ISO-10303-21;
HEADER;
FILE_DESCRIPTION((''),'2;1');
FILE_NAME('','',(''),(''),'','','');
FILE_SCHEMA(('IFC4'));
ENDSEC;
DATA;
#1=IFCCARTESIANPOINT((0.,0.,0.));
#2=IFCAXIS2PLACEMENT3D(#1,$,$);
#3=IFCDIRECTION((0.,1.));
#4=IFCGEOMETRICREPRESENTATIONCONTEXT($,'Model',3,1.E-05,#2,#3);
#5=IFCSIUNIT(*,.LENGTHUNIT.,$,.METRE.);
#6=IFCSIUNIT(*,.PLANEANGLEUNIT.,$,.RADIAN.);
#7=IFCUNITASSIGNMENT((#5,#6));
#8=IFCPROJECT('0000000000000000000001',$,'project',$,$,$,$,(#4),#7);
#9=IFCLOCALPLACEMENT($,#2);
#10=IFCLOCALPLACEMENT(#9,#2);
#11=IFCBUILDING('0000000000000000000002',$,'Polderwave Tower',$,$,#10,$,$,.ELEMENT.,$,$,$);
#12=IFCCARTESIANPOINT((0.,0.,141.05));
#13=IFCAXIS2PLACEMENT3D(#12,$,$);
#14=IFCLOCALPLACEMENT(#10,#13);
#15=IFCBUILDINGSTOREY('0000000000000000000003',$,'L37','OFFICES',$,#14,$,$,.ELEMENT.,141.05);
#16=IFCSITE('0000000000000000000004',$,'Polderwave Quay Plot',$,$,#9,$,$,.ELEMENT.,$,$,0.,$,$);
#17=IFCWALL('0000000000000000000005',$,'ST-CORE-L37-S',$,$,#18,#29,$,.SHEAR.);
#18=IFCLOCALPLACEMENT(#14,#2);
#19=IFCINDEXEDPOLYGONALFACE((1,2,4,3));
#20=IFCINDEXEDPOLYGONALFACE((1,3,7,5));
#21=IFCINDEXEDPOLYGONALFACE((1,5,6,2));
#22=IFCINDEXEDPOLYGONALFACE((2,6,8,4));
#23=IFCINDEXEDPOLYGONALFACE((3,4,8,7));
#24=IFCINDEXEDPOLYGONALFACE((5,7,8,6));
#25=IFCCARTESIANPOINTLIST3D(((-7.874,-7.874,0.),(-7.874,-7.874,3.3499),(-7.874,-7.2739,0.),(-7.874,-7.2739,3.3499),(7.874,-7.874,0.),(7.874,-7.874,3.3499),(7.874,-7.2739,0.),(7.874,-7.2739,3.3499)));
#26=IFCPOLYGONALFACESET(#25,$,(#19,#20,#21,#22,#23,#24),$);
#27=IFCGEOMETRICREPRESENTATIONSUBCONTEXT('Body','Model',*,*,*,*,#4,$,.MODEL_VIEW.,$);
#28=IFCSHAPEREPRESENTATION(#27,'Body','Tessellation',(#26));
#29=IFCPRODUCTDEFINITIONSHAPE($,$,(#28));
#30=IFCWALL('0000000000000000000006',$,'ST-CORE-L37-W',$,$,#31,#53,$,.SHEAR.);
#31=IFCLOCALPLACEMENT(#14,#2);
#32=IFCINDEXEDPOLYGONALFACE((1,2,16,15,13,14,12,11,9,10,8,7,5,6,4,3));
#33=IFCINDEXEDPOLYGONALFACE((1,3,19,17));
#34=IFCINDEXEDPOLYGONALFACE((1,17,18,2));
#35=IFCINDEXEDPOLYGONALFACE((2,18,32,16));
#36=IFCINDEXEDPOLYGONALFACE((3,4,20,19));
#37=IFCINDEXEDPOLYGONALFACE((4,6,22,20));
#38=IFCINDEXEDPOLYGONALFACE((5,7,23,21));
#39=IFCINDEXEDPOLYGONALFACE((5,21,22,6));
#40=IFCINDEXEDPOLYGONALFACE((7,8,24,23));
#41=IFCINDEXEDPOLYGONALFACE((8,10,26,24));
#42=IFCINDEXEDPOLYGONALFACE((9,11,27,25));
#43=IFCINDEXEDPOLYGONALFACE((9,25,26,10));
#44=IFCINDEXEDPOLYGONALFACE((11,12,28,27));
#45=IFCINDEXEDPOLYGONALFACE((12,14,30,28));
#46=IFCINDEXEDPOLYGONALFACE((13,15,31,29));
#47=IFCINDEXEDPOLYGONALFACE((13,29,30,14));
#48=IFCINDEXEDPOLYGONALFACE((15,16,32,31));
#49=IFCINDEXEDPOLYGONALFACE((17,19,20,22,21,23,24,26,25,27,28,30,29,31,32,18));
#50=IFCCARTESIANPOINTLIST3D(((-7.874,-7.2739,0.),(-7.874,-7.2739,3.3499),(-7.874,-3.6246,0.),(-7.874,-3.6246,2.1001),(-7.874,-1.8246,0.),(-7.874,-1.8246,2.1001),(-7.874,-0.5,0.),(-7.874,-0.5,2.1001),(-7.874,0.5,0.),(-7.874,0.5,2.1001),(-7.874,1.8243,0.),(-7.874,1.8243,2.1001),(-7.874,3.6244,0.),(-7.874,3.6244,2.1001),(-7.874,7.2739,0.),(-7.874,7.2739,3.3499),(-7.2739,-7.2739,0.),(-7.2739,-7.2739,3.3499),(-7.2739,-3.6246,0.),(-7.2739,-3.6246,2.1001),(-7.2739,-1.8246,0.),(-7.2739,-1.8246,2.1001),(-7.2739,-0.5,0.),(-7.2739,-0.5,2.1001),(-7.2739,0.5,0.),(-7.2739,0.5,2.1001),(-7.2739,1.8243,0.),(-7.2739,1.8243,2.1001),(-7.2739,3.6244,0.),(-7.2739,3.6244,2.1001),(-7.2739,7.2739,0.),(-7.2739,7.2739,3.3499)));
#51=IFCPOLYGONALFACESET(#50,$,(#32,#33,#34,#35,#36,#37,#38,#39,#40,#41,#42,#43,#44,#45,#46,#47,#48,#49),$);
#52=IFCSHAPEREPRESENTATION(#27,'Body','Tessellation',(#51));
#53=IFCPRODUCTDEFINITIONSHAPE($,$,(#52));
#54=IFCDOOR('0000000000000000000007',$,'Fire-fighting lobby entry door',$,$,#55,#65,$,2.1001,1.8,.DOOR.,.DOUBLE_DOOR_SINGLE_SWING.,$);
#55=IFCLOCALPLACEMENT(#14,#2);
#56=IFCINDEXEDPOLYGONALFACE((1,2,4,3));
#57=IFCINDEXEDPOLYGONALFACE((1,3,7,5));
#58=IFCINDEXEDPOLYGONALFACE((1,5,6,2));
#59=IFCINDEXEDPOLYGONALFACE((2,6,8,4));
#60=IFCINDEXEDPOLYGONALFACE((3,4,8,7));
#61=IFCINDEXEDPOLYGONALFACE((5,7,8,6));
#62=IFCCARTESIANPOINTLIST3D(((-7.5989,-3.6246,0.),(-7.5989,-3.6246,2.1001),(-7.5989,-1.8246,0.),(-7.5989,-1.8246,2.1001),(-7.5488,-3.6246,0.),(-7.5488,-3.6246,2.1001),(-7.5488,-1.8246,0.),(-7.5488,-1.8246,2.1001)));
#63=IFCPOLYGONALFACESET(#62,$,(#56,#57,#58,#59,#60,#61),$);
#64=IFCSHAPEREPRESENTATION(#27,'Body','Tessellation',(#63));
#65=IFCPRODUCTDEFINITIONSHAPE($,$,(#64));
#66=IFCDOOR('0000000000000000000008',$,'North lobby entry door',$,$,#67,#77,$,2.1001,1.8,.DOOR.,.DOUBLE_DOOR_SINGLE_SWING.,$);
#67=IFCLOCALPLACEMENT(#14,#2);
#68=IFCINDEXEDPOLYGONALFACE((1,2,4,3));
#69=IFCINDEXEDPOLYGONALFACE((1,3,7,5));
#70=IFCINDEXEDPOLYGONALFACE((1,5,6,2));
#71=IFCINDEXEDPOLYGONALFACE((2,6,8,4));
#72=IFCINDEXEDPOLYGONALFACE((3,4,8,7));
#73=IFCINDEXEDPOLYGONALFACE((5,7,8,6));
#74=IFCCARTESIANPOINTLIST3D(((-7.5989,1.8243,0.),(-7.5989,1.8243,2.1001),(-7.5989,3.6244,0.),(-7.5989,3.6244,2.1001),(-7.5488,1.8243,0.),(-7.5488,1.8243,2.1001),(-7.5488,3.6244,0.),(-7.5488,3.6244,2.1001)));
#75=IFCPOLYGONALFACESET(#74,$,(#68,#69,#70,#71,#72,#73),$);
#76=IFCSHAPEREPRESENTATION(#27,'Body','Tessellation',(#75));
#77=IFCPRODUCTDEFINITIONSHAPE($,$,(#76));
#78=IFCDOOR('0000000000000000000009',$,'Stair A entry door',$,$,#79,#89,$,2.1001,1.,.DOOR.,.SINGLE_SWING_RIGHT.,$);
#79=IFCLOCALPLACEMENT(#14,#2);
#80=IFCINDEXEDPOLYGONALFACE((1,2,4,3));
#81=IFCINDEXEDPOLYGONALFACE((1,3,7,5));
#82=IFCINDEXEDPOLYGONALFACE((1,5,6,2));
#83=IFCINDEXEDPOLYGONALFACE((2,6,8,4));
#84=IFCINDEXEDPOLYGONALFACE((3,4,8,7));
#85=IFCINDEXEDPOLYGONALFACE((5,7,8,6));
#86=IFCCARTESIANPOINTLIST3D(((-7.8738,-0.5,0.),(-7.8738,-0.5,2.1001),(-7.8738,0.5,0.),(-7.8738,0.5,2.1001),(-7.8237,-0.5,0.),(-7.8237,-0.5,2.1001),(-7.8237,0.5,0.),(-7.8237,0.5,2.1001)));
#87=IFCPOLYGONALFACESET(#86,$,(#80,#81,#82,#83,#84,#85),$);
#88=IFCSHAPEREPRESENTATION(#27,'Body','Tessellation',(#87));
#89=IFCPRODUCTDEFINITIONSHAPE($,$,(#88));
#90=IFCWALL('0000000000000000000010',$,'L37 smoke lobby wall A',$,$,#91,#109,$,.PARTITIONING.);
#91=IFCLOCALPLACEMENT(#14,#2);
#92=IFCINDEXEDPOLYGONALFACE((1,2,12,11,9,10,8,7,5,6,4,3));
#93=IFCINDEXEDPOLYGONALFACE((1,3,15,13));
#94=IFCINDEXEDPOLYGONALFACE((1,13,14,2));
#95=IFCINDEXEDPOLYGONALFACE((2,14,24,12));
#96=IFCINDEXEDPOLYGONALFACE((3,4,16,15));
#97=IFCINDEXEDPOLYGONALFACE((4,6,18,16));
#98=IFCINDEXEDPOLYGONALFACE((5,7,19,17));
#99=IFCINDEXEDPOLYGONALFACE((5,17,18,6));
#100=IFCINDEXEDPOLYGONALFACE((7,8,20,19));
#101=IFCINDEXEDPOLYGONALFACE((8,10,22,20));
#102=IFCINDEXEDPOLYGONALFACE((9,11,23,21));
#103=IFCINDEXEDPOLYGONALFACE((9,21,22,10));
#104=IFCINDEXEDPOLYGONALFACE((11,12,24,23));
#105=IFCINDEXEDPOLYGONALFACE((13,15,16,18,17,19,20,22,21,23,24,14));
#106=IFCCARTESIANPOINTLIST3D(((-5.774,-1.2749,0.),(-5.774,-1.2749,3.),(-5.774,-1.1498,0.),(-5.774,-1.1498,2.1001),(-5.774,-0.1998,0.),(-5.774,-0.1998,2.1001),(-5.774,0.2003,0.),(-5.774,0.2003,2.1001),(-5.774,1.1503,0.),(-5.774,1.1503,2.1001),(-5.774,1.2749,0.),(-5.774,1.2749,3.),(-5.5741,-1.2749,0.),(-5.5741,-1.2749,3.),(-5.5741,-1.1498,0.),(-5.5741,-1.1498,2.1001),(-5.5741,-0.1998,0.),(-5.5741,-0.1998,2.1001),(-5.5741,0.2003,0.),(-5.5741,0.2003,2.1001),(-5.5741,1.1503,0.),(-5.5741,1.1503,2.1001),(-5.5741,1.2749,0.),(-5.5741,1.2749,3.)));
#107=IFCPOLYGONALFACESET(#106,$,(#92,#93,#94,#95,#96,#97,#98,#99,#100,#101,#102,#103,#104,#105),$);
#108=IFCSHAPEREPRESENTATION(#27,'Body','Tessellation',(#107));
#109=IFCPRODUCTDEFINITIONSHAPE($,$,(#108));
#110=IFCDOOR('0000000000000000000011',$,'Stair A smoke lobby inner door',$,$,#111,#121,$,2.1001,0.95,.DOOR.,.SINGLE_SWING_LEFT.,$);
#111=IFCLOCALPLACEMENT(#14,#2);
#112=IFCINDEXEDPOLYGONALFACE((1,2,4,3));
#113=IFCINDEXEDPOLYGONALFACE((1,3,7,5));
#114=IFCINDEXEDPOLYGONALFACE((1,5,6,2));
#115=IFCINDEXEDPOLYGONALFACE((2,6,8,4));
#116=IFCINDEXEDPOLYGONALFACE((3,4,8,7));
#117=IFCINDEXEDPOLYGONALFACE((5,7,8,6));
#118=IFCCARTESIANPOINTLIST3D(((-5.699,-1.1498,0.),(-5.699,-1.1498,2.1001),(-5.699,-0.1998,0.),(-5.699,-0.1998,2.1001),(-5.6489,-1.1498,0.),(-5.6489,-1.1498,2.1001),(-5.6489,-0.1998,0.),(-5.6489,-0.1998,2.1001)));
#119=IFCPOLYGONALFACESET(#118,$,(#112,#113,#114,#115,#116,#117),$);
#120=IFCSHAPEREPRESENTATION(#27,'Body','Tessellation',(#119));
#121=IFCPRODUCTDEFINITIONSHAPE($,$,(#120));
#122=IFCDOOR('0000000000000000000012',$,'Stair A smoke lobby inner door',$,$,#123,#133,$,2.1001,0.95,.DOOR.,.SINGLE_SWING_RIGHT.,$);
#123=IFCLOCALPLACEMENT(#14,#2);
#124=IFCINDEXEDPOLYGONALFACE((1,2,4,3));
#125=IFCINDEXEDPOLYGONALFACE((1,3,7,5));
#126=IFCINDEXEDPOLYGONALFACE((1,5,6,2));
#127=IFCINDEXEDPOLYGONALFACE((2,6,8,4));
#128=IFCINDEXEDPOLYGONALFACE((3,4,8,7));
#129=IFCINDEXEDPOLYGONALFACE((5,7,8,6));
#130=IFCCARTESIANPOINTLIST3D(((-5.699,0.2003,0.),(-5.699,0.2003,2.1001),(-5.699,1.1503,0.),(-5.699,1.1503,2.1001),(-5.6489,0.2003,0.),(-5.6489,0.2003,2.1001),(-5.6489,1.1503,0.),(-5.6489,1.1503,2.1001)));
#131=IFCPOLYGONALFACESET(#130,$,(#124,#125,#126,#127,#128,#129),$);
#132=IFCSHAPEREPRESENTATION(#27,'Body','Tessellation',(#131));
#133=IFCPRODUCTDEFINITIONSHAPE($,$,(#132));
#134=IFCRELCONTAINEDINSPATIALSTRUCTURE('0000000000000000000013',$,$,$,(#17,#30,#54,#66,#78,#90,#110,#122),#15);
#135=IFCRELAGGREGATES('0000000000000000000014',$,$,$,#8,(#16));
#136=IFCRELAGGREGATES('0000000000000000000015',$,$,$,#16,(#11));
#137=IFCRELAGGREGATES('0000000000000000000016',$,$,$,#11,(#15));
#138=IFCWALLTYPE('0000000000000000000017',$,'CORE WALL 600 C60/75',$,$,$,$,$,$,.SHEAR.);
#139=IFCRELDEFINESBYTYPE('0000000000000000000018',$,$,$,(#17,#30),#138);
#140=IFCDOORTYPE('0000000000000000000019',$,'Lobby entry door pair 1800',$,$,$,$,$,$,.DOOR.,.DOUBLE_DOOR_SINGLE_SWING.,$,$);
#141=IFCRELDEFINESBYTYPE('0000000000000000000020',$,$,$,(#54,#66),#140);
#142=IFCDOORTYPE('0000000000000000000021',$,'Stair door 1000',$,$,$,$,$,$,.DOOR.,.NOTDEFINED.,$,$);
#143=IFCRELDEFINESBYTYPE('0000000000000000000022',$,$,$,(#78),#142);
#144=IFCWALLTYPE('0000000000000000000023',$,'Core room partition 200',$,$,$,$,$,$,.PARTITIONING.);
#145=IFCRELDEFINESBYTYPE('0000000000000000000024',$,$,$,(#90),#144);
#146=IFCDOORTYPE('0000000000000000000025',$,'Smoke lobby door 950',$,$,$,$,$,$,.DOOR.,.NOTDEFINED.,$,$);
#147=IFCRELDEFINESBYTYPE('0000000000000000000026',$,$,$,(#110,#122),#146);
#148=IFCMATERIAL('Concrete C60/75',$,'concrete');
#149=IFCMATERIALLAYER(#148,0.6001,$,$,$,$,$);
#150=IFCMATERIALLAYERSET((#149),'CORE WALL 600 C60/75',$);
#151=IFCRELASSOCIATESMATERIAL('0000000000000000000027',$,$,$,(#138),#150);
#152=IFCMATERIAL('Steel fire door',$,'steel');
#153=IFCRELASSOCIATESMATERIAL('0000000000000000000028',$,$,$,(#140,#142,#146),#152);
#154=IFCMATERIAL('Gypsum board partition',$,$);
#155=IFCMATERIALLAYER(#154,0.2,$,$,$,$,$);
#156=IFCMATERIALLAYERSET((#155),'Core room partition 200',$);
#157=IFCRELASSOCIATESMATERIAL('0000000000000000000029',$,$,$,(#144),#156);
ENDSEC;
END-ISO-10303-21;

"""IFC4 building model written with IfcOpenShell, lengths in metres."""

from ifc_helpers import new_model, si_unit, direction, frame, frame_2d, origin, place, context, subcontext, project, spatial, rectangle, extrude, material, layer, layer_set, type_object, element, fill, save


model = new_model("IFC4")

# Units and contexts
model_context = context("Model", 3, precision=1e-05, world=origin(), true_north=direction((0.0, 1.0)))
body_context = subcontext(model_context, "Body", "Model", "MODEL_VIEW")
ifc_project = project(units=[si_unit("LENGTHUNIT", "METRE"), si_unit("PLANEANGLEUNIT", "RADIAN")], contexts=[model_context])

# Site, building, storey
site_placement = place(None, origin())
site = spatial("IfcSite", under=ifc_project, at=site_placement, Name="Polderwave Quay Plot", CompositionType="ELEMENT", RefElevation=0.0)
building_placement = place(site_placement, origin())
building = spatial("IfcBuilding", under=site, at=building_placement, Name="Polderwave Tower", CompositionType="ELEMENT")
storey_placement = place(building_placement, frame((0.0, 0.0, 141.05)))
storey = spatial("IfcBuildingStorey", under=building, at=storey_placement, Name="L37", Description="OFFICES", CompositionType="ELEMENT", Elevation=141.05)

# Wall
ifc_material_1 = material(Name="Concrete C60/75", Category="concrete")
ifc_layer_1 = layer(ifc_material_1, 0.6001)
ifc_layer_set_1 = layer_set([ifc_layer_1], Name="CORE WALL 600 C60/75")
wall_type_1 = type_object("IfcWallType", Name="CORE WALL 600 C60/75", PredefinedType="SHEAR", material=ifc_layer_set_1)
wall_1_placement = place(storey_placement, frame((-7.874, -7.574, 0.0), z_axis=(0.0, 0.0, 1.0), x_axis=(1.0, 0.0, 0.0)))
element("IfcWall", 1, at=wall_1_placement, inside=storey, type_object=wall_type_1, Name="ST-CORE-L37-S", PredefinedType="SHEAR", context=body_context, shape_type="SweptSolid", body=[
    extrude(rectangle(XDim=15.748, YDim=0.6001, at=frame_2d((7.874, 0.0))), origin(), (0.0, 0.0, 1.0), 3.3499),
])

# Walls, openings, doors
wall_2_placement = place(storey_placement, frame((-7.574, -7.2739, 0.0), z_axis=(0.0, 0.0, 1.0), x_axis=(0.0, 1.0, 0.0)))
wall_2 = element("IfcWall", 2, at=wall_2_placement, inside=storey, type_object=wall_type_1, Name="ST-CORE-L37-W", PredefinedType="SHEAR", context=body_context, shape_type="SweptSolid", body=[
    extrude(rectangle(XDim=14.5479, YDim=0.6001, at=frame_2d((7.2739, 0.0))), origin(), (0.0, 0.0, 1.0), 3.3499),
])
opening_1_placement = place(wall_2_placement, frame((6.7739, 0.0, 0.0)))
opening_1 = element("IfcOpeningElement", 3, at=opening_1_placement, cuts=wall_2, PredefinedType="OPENING", context=body_context, shape_type="SweptSolid", body=[
    extrude(rectangle(XDim=1.0, YDim=2.1001, at=frame_2d((0.5, 1.05))), frame((0.0, 0.3101, 0.0), z_axis=(0.0, -1.0, 0.0), x_axis=(1.0, 0.0, 0.0)), (0.0, 0.0, 1.0), 0.6201),
])
opening_2_placement = place(wall_2_placement, frame((3.6494, 0.0, 0.0)))
opening_2 = element("IfcOpeningElement", 4, at=opening_2_placement, cuts=wall_2, PredefinedType="OPENING", context=body_context, shape_type="SweptSolid", body=[
    extrude(rectangle(XDim=1.8, YDim=2.1001, at=frame_2d((0.8999, 1.05))), frame((0.0, 0.3101, 0.0), z_axis=(0.0, -1.0, 0.0), x_axis=(1.0, 0.0, 0.0)), (0.0, 0.0, 1.0), 0.6201),
])
opening_3_placement = place(wall_2_placement, frame((9.0984, 0.0, 0.0)))
opening_3 = element("IfcOpeningElement", 5, at=opening_3_placement, cuts=wall_2, PredefinedType="OPENING", context=body_context, shape_type="SweptSolid", body=[
    extrude(rectangle(XDim=1.8, YDim=2.1001, at=frame_2d((0.8999, 1.05))), frame((0.0, 0.3101, 0.0), z_axis=(0.0, -1.0, 0.0), x_axis=(1.0, 0.0, 0.0)), (0.0, 0.0, 1.0), 0.6201),
])
ifc_material_2 = material(Name="Steel fire door", Category="steel")
door_type_1 = type_object("IfcDoorType", Name="Lobby entry door pair 1800", OperationType="DOUBLE_DOOR_SINGLE_SWING", PredefinedType="DOOR", material=ifc_material_2)
door_1_placement = place(opening_2_placement, origin())
door_1 = element("IfcDoor", 6, at=door_1_placement, inside=storey, type_object=door_type_1, Name="Fire-fighting lobby entry door", OperationType="DOUBLE_DOOR_SINGLE_SWING", OverallHeight=2.1001, OverallWidth=1.8, PredefinedType="DOOR", context=body_context, shape_type="SweptSolid", body=[
    extrude(rectangle(XDim=1.8, YDim=2.1001, at=frame_2d((0.8999, 1.05))), frame((0.0, 0.0249, 0.0), z_axis=(0.0, -1.0, 0.0), x_axis=(1.0, 0.0, 0.0)), (0.0, 0.0, 1.0), 0.05),
])
fill(opening_2, door_1)
door_2_placement = place(opening_3_placement, origin())
door_2 = element("IfcDoor", 7, at=door_2_placement, inside=storey, type_object=door_type_1, Name="North lobby entry door", OperationType="DOUBLE_DOOR_SINGLE_SWING", OverallHeight=2.1001, OverallWidth=1.8, PredefinedType="DOOR", context=body_context, shape_type="SweptSolid", body=[
    extrude(rectangle(XDim=1.8, YDim=2.1001, at=frame_2d((0.8999, 1.05))), frame((0.0, 0.0249, 0.0), z_axis=(0.0, -1.0, 0.0), x_axis=(1.0, 0.0, 0.0)), (0.0, 0.0, 1.0), 0.05),
])
fill(opening_3, door_2)
door_type_2 = type_object("IfcDoorType", Name="Stair door 1000", OperationType="NOTDEFINED", PredefinedType="DOOR", material=ifc_material_2)
door_3_placement = place(opening_1_placement, origin())
door_3 = element("IfcDoor", 8, at=door_3_placement, inside=storey, type_object=door_type_2, Name="Stair A entry door", OperationType="SINGLE_SWING_RIGHT", OverallHeight=2.1001, OverallWidth=1.0, PredefinedType="DOOR", context=body_context, shape_type="SweptSolid", body=[
    extrude(rectangle(XDim=1.0, YDim=2.1001, at=frame_2d((0.5, 1.05))), frame((0.0, 0.2998, 0.0), z_axis=(0.0, -1.0, 0.0), x_axis=(1.0, 0.0, 0.0)), (0.0, 0.0, 1.0), 0.05),
])
fill(opening_1, door_3)
ifc_material_3 = material(Name="Gypsum board partition")
ifc_layer_2 = layer(ifc_material_3, 0.2)
ifc_layer_set_2 = layer_set([ifc_layer_2], Name="Core room partition 200")
wall_type_2 = type_object("IfcWallType", Name="Core room partition 200", PredefinedType="PARTITIONING", material=ifc_layer_set_2)
wall_3_placement = place(storey_placement, frame((-5.6741, -1.2749, 0.0), z_axis=(0.0, 0.0, 1.0), x_axis=(0.0, 1.0, 0.0)))
wall_3 = element("IfcWall", 9, at=wall_3_placement, inside=storey, type_object=wall_type_2, Name="L37 smoke lobby wall A", PredefinedType="PARTITIONING", context=body_context, shape_type="SweptSolid", body=[
    extrude(rectangle(XDim=2.5498, YDim=0.2, at=frame_2d((1.2749, 0.0))), origin(), (0.0, 0.0, 1.0), 3.0),
])
opening_4_placement = place(wall_3_placement, frame((0.125, 0.0, 0.0)))
opening_4 = element("IfcOpeningElement", 10, at=opening_4_placement, cuts=wall_3, PredefinedType="OPENING", context=body_context, shape_type="SweptSolid", body=[
    extrude(rectangle(XDim=0.95, YDim=2.1001, at=frame_2d((0.4751, 1.05))), frame((0.0, 0.1099, 0.0), z_axis=(0.0, -1.0, 0.0), x_axis=(1.0, 0.0, 0.0)), (0.0, 0.0, 1.0), 0.22),
])
opening_5_placement = place(wall_3_placement, frame((1.4751, 0.0, 0.0)))
opening_5 = element("IfcOpeningElement", 11, at=opening_5_placement, cuts=wall_3, PredefinedType="OPENING", context=body_context, shape_type="SweptSolid", body=[
    extrude(rectangle(XDim=0.95, YDim=2.1001, at=frame_2d((0.4751, 1.05))), frame((0.0, 0.1099, 0.0), z_axis=(0.0, -1.0, 0.0), x_axis=(1.0, 0.0, 0.0)), (0.0, 0.0, 1.0), 0.22),
])
door_type_3 = type_object("IfcDoorType", Name="Smoke lobby door 950", OperationType="NOTDEFINED", PredefinedType="DOOR", material=ifc_material_2)
door_4_placement = place(opening_4_placement, origin())
door_4 = element("IfcDoor", 12, at=door_4_placement, inside=storey, type_object=door_type_3, Name="Stair A smoke lobby inner door", OperationType="SINGLE_SWING_LEFT", OverallHeight=2.1001, OverallWidth=0.95, PredefinedType="DOOR", context=body_context, shape_type="SweptSolid", body=[
    extrude(rectangle(XDim=0.95, YDim=2.1001, at=frame_2d((0.4751, 1.05))), frame((0.0, 0.0249, 0.0), z_axis=(0.0, -1.0, 0.0), x_axis=(1.0, 0.0, 0.0)), (0.0, 0.0, 1.0), 0.05),
])
fill(opening_4, door_4)
door_5_placement = place(opening_5_placement, origin())
door_5 = element("IfcDoor", 13, at=door_5_placement, inside=storey, type_object=door_type_3, Name="Stair A smoke lobby inner door", OperationType="SINGLE_SWING_RIGHT", OverallHeight=2.1001, OverallWidth=0.95, PredefinedType="DOOR", context=body_context, shape_type="SweptSolid", body=[
    extrude(rectangle(XDim=0.95, YDim=2.1001, at=frame_2d((0.4751, 1.05))), frame((0.0, 0.0249, 0.0), z_axis=(0.0, -1.0, 0.0), x_axis=(1.0, 0.0, 0.0)), (0.0, 0.0, 1.0), 0.05),
])
fill(opening_5, door_5)

save(model, "model.ifc")
